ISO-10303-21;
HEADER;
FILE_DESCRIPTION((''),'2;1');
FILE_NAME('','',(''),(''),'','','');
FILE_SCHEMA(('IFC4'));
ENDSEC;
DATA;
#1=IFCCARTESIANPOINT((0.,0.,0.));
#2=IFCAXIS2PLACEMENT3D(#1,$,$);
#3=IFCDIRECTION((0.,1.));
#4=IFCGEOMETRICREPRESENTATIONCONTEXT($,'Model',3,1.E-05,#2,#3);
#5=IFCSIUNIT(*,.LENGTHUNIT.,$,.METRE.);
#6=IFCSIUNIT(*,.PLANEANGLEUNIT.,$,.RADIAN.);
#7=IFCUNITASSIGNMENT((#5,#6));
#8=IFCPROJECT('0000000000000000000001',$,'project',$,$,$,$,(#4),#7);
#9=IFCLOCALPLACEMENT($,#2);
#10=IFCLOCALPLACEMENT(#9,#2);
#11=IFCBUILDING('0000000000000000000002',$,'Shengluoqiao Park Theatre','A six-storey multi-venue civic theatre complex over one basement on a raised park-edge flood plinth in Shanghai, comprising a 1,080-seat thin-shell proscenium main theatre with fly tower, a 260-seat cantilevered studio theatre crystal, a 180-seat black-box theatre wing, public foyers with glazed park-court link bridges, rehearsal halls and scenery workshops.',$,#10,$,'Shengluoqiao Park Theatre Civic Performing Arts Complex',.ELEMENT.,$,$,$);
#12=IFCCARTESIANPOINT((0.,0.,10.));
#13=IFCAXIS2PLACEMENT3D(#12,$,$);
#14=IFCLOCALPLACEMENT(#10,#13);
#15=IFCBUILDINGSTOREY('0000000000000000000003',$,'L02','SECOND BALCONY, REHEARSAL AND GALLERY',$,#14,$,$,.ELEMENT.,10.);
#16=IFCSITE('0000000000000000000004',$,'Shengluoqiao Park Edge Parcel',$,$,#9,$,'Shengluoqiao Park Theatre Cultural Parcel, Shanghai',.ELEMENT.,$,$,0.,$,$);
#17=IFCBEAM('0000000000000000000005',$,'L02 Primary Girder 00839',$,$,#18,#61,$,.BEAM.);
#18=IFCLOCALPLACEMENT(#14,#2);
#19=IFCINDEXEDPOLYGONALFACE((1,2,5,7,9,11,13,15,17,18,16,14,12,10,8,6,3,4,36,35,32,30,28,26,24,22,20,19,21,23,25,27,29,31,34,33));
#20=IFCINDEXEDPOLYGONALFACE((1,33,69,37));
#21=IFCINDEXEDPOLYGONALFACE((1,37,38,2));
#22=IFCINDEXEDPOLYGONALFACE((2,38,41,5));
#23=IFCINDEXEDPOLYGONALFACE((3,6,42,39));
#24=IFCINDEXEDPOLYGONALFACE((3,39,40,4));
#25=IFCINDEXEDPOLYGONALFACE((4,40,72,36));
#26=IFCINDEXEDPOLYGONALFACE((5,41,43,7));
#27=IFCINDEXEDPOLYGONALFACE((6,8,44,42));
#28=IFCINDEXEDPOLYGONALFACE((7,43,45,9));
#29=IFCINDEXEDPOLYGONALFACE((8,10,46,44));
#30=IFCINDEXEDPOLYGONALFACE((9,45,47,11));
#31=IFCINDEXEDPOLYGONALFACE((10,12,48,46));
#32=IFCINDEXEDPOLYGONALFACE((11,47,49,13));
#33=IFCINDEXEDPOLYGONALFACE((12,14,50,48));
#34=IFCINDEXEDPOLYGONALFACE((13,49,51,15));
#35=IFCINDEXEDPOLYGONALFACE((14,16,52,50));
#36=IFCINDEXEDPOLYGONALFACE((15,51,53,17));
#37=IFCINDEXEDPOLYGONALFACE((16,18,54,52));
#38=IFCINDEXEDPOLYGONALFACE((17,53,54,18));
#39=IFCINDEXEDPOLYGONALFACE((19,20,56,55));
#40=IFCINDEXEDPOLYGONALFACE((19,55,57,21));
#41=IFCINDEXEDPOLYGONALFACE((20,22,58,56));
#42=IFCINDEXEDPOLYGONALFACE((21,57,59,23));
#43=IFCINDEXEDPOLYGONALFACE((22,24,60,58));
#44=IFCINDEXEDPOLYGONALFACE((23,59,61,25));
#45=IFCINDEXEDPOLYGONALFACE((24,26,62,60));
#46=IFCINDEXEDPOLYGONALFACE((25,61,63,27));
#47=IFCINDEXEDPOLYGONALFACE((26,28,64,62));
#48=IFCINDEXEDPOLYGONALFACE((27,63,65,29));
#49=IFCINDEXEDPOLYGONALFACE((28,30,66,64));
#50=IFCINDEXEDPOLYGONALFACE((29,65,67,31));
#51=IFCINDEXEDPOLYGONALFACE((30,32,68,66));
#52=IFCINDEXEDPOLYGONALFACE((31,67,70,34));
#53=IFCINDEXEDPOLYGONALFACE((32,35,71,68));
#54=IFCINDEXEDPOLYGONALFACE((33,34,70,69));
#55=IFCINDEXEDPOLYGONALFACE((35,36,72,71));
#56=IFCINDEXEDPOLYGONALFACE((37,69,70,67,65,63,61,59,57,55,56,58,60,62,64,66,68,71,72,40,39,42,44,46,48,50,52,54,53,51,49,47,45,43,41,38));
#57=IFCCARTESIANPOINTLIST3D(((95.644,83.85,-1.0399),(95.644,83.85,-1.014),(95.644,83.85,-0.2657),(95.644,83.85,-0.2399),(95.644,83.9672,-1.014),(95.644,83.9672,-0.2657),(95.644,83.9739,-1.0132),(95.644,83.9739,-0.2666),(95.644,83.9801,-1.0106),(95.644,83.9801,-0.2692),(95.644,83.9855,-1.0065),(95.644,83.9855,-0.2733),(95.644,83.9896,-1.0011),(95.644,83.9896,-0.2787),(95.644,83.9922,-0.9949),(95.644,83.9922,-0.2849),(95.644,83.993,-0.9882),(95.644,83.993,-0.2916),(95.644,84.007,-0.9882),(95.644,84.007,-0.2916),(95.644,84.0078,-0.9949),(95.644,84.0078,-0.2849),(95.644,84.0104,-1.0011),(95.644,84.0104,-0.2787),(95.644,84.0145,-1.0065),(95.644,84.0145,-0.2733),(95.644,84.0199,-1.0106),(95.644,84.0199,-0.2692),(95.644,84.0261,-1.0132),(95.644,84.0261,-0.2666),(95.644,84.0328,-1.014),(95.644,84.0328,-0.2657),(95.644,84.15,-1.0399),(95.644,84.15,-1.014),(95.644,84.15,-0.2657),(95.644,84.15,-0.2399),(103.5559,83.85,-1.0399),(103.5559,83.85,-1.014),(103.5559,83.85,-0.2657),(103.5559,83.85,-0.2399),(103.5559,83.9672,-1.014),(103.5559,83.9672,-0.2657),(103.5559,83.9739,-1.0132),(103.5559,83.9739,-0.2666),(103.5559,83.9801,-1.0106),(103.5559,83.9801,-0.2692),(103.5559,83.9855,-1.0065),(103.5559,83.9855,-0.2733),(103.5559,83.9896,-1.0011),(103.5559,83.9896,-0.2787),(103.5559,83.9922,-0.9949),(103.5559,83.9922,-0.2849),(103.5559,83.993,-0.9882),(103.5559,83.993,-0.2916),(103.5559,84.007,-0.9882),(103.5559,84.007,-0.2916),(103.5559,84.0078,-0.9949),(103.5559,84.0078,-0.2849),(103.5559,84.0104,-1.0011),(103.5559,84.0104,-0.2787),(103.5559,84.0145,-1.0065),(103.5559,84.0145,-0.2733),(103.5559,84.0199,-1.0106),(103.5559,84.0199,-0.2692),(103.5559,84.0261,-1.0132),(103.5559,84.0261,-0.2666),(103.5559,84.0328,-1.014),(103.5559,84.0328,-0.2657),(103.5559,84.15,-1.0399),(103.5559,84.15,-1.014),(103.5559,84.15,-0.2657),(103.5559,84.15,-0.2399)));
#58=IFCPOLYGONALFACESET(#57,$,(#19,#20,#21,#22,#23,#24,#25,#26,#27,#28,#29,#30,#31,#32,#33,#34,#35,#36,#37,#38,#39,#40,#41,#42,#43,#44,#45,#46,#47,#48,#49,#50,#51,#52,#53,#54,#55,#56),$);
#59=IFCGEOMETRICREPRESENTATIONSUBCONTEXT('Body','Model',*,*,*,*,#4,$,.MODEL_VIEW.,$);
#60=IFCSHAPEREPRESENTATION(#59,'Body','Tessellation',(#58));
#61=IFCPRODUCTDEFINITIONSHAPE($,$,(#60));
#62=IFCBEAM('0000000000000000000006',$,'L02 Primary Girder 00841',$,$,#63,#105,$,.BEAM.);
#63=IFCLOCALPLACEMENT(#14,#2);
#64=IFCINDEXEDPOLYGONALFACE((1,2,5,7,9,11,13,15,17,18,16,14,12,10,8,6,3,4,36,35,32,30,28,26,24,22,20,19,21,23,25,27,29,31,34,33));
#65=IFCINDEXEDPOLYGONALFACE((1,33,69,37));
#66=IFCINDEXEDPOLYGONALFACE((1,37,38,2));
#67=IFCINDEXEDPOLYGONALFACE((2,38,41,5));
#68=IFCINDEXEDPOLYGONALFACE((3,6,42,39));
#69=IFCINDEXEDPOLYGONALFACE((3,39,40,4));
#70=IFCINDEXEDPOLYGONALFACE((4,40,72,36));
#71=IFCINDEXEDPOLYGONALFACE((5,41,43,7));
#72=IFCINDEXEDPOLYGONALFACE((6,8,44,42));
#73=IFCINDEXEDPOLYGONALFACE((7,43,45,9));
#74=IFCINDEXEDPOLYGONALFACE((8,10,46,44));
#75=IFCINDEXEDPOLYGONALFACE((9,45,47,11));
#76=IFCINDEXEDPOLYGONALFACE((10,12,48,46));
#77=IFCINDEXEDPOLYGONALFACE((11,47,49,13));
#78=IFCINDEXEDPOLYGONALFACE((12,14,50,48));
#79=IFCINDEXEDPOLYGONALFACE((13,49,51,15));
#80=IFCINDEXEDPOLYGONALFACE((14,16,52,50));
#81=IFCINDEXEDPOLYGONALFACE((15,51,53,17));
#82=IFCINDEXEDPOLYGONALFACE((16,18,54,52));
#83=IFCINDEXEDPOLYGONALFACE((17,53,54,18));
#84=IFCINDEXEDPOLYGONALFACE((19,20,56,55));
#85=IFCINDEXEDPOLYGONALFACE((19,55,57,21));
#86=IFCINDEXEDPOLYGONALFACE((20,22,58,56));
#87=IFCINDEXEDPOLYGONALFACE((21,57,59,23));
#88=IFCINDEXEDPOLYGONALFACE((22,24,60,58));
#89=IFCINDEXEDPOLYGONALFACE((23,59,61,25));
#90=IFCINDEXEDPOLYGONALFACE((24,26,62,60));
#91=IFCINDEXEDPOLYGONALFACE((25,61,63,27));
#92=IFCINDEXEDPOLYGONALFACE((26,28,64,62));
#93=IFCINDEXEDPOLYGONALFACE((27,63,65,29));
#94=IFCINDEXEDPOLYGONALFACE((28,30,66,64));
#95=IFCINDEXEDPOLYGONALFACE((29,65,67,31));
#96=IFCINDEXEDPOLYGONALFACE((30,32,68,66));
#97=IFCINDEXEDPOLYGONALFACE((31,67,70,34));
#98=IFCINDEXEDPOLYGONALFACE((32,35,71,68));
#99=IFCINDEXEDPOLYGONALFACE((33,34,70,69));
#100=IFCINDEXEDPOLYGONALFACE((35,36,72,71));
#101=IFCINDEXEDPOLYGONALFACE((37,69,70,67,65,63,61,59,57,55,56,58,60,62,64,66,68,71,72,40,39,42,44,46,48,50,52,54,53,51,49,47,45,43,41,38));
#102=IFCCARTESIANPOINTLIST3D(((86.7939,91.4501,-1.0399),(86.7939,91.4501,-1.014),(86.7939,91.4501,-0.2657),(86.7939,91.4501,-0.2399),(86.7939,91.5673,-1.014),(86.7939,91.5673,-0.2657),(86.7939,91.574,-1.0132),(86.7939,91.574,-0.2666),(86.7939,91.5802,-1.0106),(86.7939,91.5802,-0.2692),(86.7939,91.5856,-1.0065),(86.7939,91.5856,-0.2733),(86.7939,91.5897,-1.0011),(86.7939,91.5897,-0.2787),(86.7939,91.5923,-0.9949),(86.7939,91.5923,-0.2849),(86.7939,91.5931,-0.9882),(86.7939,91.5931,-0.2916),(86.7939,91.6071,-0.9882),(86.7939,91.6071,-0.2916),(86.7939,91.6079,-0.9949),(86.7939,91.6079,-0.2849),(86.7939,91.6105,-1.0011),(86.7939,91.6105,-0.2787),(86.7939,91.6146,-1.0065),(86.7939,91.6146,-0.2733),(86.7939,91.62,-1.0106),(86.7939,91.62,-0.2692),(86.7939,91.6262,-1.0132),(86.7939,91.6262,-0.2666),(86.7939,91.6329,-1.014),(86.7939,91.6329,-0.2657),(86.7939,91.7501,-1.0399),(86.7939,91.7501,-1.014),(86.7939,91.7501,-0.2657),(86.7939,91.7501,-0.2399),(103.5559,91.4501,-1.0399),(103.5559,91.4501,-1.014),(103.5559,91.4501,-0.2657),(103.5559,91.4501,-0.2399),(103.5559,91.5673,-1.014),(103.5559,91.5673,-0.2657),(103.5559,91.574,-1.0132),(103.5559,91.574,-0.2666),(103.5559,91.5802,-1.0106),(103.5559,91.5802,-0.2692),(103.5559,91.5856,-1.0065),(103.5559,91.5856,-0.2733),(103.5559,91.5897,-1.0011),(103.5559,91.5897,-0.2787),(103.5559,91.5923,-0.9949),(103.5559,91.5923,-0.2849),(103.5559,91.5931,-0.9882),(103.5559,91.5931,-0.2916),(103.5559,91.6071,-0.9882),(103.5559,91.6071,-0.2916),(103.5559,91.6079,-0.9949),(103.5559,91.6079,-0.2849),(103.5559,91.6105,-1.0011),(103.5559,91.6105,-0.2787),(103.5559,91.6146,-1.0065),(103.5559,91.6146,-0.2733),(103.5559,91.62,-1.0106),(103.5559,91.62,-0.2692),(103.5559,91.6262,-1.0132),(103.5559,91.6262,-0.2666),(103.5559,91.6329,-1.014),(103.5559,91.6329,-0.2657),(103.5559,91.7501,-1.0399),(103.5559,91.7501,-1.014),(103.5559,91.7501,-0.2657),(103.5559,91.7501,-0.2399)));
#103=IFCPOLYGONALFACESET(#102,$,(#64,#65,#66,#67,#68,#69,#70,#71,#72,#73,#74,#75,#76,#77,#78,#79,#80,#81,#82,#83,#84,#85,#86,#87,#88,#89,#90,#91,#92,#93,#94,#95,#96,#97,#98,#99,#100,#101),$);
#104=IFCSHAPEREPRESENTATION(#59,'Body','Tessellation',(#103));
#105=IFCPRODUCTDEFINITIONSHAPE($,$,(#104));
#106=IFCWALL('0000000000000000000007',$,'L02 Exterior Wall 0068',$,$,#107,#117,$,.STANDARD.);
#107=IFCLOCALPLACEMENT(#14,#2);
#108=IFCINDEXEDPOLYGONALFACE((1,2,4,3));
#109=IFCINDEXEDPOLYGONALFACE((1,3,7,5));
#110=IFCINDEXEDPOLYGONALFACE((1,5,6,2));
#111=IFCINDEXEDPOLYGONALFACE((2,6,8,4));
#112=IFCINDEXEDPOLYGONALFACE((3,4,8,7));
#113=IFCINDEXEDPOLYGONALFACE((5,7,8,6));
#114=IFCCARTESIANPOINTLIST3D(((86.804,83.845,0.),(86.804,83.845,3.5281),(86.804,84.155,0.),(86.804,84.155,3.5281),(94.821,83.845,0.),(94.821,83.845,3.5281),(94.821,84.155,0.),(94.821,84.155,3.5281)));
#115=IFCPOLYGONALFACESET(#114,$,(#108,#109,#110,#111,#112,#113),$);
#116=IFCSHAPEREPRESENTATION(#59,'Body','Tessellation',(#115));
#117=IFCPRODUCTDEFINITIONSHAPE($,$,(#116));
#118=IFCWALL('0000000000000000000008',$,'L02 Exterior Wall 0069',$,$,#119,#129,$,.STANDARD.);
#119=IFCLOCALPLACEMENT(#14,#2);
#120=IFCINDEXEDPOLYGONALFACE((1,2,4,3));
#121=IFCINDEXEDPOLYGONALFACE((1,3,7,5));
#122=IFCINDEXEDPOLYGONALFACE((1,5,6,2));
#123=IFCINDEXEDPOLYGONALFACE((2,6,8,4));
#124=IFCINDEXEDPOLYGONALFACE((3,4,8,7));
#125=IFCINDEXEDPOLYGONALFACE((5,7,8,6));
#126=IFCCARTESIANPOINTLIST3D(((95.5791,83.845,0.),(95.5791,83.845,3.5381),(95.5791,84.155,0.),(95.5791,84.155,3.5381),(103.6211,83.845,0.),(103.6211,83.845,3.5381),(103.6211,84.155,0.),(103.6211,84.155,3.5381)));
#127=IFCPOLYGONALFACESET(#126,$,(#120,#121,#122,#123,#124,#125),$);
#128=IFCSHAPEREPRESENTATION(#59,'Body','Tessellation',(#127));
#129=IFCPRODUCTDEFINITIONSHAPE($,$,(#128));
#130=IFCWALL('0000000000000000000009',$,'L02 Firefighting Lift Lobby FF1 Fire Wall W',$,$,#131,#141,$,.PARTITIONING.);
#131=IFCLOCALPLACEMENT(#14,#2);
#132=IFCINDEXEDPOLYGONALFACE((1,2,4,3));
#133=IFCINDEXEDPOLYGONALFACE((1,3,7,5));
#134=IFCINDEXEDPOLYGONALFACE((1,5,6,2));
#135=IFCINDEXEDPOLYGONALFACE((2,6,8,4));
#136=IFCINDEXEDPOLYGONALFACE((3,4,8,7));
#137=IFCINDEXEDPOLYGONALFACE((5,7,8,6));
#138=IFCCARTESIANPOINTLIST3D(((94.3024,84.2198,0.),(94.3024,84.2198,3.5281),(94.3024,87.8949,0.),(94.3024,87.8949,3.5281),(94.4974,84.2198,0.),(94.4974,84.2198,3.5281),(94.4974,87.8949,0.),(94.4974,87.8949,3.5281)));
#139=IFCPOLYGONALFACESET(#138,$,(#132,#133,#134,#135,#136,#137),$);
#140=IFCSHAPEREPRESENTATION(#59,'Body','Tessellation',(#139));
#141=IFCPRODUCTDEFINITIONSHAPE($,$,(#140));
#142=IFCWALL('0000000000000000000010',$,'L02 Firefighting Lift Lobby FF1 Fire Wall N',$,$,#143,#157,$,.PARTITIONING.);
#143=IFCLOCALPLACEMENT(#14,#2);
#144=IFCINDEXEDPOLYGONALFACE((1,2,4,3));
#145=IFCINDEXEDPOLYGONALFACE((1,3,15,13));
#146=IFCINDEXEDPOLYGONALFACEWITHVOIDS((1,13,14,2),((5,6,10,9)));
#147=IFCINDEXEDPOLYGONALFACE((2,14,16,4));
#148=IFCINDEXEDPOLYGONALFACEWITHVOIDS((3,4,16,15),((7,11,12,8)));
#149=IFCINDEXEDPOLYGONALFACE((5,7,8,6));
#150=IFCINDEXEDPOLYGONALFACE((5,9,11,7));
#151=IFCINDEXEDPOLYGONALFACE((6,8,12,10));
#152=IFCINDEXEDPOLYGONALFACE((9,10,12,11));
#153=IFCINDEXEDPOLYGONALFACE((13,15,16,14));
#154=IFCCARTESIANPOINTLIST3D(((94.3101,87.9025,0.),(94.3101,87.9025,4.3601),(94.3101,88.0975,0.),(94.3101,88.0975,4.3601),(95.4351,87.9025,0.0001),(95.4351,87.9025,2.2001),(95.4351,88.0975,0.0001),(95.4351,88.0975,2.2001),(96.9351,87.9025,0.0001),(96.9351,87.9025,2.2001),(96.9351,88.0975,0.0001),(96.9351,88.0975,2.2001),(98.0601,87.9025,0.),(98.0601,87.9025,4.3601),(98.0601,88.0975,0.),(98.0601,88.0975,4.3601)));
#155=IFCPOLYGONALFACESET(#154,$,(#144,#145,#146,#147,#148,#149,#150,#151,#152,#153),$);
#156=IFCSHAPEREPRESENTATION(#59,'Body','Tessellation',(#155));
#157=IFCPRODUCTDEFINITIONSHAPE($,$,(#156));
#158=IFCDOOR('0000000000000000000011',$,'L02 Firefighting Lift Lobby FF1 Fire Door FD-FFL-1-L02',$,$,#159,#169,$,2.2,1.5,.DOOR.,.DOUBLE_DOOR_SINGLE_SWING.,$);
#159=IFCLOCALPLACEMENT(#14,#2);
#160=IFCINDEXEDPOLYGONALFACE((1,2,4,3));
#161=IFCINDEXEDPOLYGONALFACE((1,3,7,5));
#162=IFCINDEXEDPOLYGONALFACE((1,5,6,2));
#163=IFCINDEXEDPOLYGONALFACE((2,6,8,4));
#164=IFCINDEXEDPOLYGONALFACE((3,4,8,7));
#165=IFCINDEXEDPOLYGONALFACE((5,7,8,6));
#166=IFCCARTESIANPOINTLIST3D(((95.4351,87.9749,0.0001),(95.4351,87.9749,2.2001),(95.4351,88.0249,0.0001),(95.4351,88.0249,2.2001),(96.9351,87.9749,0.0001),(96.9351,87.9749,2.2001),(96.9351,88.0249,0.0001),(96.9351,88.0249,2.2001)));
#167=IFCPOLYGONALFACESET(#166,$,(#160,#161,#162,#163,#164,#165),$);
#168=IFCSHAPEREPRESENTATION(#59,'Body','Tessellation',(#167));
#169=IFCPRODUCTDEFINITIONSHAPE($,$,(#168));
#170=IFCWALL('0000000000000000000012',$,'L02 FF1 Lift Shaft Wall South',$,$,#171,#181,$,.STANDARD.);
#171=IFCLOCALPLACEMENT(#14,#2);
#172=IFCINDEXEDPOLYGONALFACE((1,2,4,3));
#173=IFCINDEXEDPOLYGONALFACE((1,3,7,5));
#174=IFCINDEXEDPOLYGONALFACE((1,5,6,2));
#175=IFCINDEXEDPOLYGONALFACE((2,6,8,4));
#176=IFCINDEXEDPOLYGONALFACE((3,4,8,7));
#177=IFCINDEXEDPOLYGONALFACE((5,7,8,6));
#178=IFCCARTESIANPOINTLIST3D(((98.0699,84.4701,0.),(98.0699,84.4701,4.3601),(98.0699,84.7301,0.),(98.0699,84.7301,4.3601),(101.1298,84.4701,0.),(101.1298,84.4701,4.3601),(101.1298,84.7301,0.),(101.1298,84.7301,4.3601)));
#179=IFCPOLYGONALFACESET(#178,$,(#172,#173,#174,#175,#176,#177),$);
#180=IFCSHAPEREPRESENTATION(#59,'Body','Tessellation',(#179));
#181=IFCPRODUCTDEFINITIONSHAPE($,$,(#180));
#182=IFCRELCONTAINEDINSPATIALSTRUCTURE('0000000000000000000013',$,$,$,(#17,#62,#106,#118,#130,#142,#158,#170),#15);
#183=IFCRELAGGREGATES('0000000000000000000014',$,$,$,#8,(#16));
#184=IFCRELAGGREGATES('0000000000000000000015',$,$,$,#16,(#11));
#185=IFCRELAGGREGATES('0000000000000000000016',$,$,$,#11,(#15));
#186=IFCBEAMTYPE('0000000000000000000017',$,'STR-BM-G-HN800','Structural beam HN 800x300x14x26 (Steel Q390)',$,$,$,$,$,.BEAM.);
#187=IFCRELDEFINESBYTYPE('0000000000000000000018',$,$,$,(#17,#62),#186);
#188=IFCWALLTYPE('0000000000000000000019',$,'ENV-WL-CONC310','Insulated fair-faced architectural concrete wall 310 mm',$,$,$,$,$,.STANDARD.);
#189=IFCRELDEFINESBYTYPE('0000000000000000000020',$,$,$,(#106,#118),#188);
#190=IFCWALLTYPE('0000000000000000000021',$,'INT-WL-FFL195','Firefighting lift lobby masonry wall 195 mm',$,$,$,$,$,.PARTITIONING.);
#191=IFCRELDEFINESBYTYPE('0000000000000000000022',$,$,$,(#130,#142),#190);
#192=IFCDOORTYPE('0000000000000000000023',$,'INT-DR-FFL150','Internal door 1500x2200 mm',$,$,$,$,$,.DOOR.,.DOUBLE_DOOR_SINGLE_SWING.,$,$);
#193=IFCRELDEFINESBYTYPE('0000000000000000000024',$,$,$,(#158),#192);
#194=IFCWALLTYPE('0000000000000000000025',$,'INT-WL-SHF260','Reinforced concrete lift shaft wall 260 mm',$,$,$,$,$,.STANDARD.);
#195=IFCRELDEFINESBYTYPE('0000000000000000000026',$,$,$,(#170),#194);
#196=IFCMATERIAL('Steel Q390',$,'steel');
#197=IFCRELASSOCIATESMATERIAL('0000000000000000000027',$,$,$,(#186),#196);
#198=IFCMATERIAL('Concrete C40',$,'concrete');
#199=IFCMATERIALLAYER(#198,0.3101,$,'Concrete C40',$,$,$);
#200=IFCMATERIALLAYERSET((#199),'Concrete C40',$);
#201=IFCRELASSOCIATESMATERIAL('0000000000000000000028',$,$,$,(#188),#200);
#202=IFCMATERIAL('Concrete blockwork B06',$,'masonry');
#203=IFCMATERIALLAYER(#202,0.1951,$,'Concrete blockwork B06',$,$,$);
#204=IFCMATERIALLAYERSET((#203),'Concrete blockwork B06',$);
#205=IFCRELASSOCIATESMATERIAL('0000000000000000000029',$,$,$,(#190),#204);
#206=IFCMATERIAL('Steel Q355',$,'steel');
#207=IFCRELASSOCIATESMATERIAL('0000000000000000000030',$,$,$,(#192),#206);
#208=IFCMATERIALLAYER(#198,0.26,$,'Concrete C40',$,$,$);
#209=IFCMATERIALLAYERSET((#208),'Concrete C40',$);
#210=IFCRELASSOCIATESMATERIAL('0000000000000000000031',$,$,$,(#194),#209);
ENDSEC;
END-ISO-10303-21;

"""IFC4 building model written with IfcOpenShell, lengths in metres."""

from ifc_helpers import new_model, si_unit, direction, frame, frame_2d, origin, origin_2d, place, context, subcontext, project, spatial, rectangle, i_section, extrude, material, layer, layer_set, material_profile, profile_set, type_object, element, fill, save


model = new_model("IFC4")

# Units and contexts
model_context = context("Model", 3, precision=1e-05, world=origin(), true_north=direction((0.0, 1.0)))
body_context = subcontext(model_context, "Body", "Model", "MODEL_VIEW")
ifc_project = project(units=[si_unit("LENGTHUNIT", "METRE"), si_unit("PLANEANGLEUNIT", "RADIAN")], contexts=[model_context])

# Site, building, storey
site_placement = place(None, origin())
site = spatial("IfcSite", under=ifc_project, at=site_placement, Name="Shengluoqiao Park Edge Parcel", LongName="Shengluoqiao Park Theatre Cultural Parcel, Shanghai", CompositionType="ELEMENT", RefElevation=0.0)
building_placement = place(site_placement, origin())
building = spatial("IfcBuilding", under=site, at=building_placement, Name="Shengluoqiao Park Theatre", Description="A six-storey multi-venue civic theatre complex over one basement on a raised park-edge flood plinth in Shanghai, comprising a 1,080-seat thin-shell proscenium main theatre with fly tower, a 260-seat cantilevered studio theatre crystal, a 180-seat black-box theatre wing, public foyers with glazed park-court link bridges, rehearsal halls and scenery workshops.", LongName="Shengluoqiao Park Theatre Civic Performing Arts Complex", CompositionType="ELEMENT")
storey_placement = place(building_placement, frame((0.0, 0.0, 10.0)))
storey = spatial("IfcBuildingStorey", under=building, at=storey_placement, Name="L02", Description="SECOND BALCONY, REHEARSAL AND GALLERY", CompositionType="ELEMENT", Elevation=10.0)

# Beams
ifc_material_1 = material(Name="Steel Q355", Category="steel")
ifc_material_2 = material(Name="Steel Q390", Category="steel")
ifc_material_profile_1 = material_profile(ifc_material_2, i_section(OverallWidth=0.3, OverallDepth=0.8, WebThickness=0.0139, FlangeThickness=0.0259, FilletRadius=0.0259, at=origin_2d()), Name="HN 800x300x14x26")
ifc_profile_set_1 = profile_set([ifc_material_profile_1], Name="Steel Q390")
beam_type_1 = type_object("IfcBeamType", Name="STR-BM-G-HN800", Description="Structural beam HN 800x300x14x26 (Steel Q390)", PredefinedType="BEAM", material=ifc_profile_set_1)
beam_1_placement = place(storey_placement, frame((95.644, 84.0, -0.6399), z_axis=(1.0, 0.0, 0.0), x_axis=(0.0, 1.0, 0.0)))
element("IfcBeam", 1, at=beam_1_placement, inside=storey, type_object=beam_type_1, Name="L02 Primary Girder 00839", PredefinedType="BEAM", context=body_context, shape_type="SweptSolid", body=[
    extrude(i_section(OverallWidth=0.3, OverallDepth=0.8, WebThickness=0.0139, FlangeThickness=0.0259, FilletRadius=0.0259, at=origin_2d()), origin(), (0.0, 0.0, 1.0), 7.9119),
])
beam_2_placement = place(storey_placement, frame((86.7939, 91.6001, -0.6399), z_axis=(1.0, 0.0, 0.0), x_axis=(0.0, 1.0, 0.0)))
element("IfcBeam", 2, at=beam_2_placement, inside=storey, type_object=beam_type_1, Name="L02 Primary Girder 00841", PredefinedType="BEAM", context=body_context, shape_type="SweptSolid", body=[
    extrude(i_section(OverallWidth=0.3, OverallDepth=0.8, WebThickness=0.0139, FlangeThickness=0.0259, FilletRadius=0.0259, at=origin_2d()), origin(), (0.0, 0.0, 1.0), 16.762),
])

# Walls
ifc_material_3 = material(Name="Concrete C40", Category="concrete")
ifc_layer_1 = layer(ifc_material_3, 0.3101, Name="Concrete C40")
ifc_layer_set_1 = layer_set([ifc_layer_1], Name="Concrete C40")
wall_type_1 = type_object("IfcWallType", Name="ENV-WL-CONC310", Description="Insulated fair-faced architectural concrete wall 310 mm", PredefinedType="STANDARD", material=ifc_layer_set_1)
wall_1_placement = place(storey_placement, frame((86.804, 84.0, 0.0), z_axis=(0.0, 0.0, 1.0), x_axis=(1.0, 0.0, 0.0)))
element("IfcWall", 3, at=wall_1_placement, inside=storey, type_object=wall_type_1, Name="L02 Exterior Wall 0068", PredefinedType="STANDARD", context=body_context, shape_type="SweptSolid", body=[
    extrude(rectangle(XDim=8.0171, YDim=0.3101, at=frame_2d((4.0085, 0.0))), origin(), (0.0, 0.0, 1.0), 3.5281),
])
wall_2_placement = place(storey_placement, frame((95.5791, 84.0, 0.0), z_axis=(0.0, 0.0, 1.0), x_axis=(1.0, 0.0, 0.0)))
element("IfcWall", 4, at=wall_2_placement, inside=storey, type_object=wall_type_1, Name="L02 Exterior Wall 0069", PredefinedType="STANDARD", context=body_context, shape_type="SweptSolid", body=[
    extrude(rectangle(XDim=8.042, YDim=0.3101, at=frame_2d((4.021, 0.0))), origin(), (0.0, 0.0, 1.0), 3.5381),
])
ifc_material_4 = material(Name="Concrete blockwork B06", Category="masonry")
ifc_layer_2 = layer(ifc_material_4, 0.1951, Name="Concrete blockwork B06")
ifc_layer_set_2 = layer_set([ifc_layer_2], Name="Concrete blockwork B06")
wall_type_2 = type_object("IfcWallType", Name="INT-WL-FFL195", Description="Firefighting lift lobby masonry wall 195 mm", PredefinedType="PARTITIONING", material=ifc_layer_set_2)
wall_3_placement = place(storey_placement, frame((94.3999, 84.22, 0.0), z_axis=(0.0, 0.0, 1.0), x_axis=(0.0, 1.0, 0.0)))
element("IfcWall", 5, at=wall_3_placement, inside=storey, type_object=wall_type_2, Name="L02 Firefighting Lift Lobby FF1 Fire Wall W", PredefinedType="PARTITIONING", context=body_context, shape_type="SweptSolid", body=[
    extrude(rectangle(XDim=3.675, YDim=0.1951, at=frame_2d((1.8374, 0.0))), origin(), (0.0, 0.0, 1.0), 3.5281),
])

# Wall, opening, door
wall_4_placement = place(storey_placement, frame((94.3101, 88.0, 0.0), z_axis=(0.0, 0.0, 1.0), x_axis=(1.0, 0.0, 0.0)))
wall_4 = element("IfcWall", 6, at=wall_4_placement, inside=storey, type_object=wall_type_2, Name="L02 Firefighting Lift Lobby FF1 Fire Wall N", PredefinedType="PARTITIONING", context=body_context, shape_type="SweptSolid", body=[
    extrude(rectangle(XDim=3.75, YDim=0.1951, at=frame_2d((1.875, 0.0))), origin(), (0.0, 0.0, 1.0), 4.3601),
])
opening_1_placement = place(wall_4_placement, frame((1.125, 0.0, 0.0)))
opening_1 = element("IfcOpeningElement", 7, at=opening_1_placement, cuts=wall_4, PredefinedType="OPENING", context=body_context, shape_type="SweptSolid", body=[
    extrude(rectangle(XDim=1.5, YDim=2.2, at=frame_2d((0.75, 1.1001))), frame((0.0, 0.1074, 0.0), z_axis=(0.0, -1.0, 0.0), x_axis=(1.0, 0.0, 0.0)), (0.0, 0.0, 1.0), 0.2151),
])
door_type_1 = type_object("IfcDoorType", Name="INT-DR-FFL150", Description="Internal door 1500x2200 mm", OperationType="DOUBLE_DOOR_SINGLE_SWING", PredefinedType="DOOR", material=ifc_material_1)
door_1_placement = place(opening_1_placement, origin())
door_1 = element("IfcDoor", 8, at=door_1_placement, inside=storey, type_object=door_type_1, Name="L02 Firefighting Lift Lobby FF1 Fire Door FD-FFL-1-L02", OperationType="DOUBLE_DOOR_SINGLE_SWING", OverallHeight=2.2, OverallWidth=1.5, PredefinedType="DOOR", context=body_context, shape_type="SweptSolid", body=[
    extrude(rectangle(XDim=1.5, YDim=2.2, at=frame_2d((0.75, 1.1001))), frame((0.0, 0.0249, 0.0), z_axis=(0.0, -1.0, 0.0), x_axis=(1.0, 0.0, 0.0)), (0.0, 0.0, 1.0), 0.05),
])
fill(opening_1, door_1)

# Wall
ifc_layer_3 = layer(ifc_material_3, 0.26, Name="Concrete C40")
ifc_layer_set_3 = layer_set([ifc_layer_3], Name="Concrete C40")
wall_type_3 = type_object("IfcWallType", Name="INT-WL-SHF260", Description="Reinforced concrete lift shaft wall 260 mm", PredefinedType="STANDARD", material=ifc_layer_set_3)
for number, where, z_axis, x_axis, name in (
    (9, (98.0701, 84.6001, 0.0), (0.0, 0.0, 1.0), (1.0, 0.0, 0.0), "L02 FF1 Lift Shaft Wall South"),
):
    element("IfcWall", number, at=place(storey_placement, frame(where, z_axis=z_axis, x_axis=x_axis)), inside=storey, type_object=wall_type_3, Name=name, PredefinedType="STANDARD", context=body_context, shape_type="SweptSolid", body=[
        extrude(rectangle(XDim=3.0598, YDim=0.26, at=frame_2d((1.5298, 0.0))), origin(), (0.0, 0.0, 1.0), 4.3601),
    ])

save(model, "model.ifc")
